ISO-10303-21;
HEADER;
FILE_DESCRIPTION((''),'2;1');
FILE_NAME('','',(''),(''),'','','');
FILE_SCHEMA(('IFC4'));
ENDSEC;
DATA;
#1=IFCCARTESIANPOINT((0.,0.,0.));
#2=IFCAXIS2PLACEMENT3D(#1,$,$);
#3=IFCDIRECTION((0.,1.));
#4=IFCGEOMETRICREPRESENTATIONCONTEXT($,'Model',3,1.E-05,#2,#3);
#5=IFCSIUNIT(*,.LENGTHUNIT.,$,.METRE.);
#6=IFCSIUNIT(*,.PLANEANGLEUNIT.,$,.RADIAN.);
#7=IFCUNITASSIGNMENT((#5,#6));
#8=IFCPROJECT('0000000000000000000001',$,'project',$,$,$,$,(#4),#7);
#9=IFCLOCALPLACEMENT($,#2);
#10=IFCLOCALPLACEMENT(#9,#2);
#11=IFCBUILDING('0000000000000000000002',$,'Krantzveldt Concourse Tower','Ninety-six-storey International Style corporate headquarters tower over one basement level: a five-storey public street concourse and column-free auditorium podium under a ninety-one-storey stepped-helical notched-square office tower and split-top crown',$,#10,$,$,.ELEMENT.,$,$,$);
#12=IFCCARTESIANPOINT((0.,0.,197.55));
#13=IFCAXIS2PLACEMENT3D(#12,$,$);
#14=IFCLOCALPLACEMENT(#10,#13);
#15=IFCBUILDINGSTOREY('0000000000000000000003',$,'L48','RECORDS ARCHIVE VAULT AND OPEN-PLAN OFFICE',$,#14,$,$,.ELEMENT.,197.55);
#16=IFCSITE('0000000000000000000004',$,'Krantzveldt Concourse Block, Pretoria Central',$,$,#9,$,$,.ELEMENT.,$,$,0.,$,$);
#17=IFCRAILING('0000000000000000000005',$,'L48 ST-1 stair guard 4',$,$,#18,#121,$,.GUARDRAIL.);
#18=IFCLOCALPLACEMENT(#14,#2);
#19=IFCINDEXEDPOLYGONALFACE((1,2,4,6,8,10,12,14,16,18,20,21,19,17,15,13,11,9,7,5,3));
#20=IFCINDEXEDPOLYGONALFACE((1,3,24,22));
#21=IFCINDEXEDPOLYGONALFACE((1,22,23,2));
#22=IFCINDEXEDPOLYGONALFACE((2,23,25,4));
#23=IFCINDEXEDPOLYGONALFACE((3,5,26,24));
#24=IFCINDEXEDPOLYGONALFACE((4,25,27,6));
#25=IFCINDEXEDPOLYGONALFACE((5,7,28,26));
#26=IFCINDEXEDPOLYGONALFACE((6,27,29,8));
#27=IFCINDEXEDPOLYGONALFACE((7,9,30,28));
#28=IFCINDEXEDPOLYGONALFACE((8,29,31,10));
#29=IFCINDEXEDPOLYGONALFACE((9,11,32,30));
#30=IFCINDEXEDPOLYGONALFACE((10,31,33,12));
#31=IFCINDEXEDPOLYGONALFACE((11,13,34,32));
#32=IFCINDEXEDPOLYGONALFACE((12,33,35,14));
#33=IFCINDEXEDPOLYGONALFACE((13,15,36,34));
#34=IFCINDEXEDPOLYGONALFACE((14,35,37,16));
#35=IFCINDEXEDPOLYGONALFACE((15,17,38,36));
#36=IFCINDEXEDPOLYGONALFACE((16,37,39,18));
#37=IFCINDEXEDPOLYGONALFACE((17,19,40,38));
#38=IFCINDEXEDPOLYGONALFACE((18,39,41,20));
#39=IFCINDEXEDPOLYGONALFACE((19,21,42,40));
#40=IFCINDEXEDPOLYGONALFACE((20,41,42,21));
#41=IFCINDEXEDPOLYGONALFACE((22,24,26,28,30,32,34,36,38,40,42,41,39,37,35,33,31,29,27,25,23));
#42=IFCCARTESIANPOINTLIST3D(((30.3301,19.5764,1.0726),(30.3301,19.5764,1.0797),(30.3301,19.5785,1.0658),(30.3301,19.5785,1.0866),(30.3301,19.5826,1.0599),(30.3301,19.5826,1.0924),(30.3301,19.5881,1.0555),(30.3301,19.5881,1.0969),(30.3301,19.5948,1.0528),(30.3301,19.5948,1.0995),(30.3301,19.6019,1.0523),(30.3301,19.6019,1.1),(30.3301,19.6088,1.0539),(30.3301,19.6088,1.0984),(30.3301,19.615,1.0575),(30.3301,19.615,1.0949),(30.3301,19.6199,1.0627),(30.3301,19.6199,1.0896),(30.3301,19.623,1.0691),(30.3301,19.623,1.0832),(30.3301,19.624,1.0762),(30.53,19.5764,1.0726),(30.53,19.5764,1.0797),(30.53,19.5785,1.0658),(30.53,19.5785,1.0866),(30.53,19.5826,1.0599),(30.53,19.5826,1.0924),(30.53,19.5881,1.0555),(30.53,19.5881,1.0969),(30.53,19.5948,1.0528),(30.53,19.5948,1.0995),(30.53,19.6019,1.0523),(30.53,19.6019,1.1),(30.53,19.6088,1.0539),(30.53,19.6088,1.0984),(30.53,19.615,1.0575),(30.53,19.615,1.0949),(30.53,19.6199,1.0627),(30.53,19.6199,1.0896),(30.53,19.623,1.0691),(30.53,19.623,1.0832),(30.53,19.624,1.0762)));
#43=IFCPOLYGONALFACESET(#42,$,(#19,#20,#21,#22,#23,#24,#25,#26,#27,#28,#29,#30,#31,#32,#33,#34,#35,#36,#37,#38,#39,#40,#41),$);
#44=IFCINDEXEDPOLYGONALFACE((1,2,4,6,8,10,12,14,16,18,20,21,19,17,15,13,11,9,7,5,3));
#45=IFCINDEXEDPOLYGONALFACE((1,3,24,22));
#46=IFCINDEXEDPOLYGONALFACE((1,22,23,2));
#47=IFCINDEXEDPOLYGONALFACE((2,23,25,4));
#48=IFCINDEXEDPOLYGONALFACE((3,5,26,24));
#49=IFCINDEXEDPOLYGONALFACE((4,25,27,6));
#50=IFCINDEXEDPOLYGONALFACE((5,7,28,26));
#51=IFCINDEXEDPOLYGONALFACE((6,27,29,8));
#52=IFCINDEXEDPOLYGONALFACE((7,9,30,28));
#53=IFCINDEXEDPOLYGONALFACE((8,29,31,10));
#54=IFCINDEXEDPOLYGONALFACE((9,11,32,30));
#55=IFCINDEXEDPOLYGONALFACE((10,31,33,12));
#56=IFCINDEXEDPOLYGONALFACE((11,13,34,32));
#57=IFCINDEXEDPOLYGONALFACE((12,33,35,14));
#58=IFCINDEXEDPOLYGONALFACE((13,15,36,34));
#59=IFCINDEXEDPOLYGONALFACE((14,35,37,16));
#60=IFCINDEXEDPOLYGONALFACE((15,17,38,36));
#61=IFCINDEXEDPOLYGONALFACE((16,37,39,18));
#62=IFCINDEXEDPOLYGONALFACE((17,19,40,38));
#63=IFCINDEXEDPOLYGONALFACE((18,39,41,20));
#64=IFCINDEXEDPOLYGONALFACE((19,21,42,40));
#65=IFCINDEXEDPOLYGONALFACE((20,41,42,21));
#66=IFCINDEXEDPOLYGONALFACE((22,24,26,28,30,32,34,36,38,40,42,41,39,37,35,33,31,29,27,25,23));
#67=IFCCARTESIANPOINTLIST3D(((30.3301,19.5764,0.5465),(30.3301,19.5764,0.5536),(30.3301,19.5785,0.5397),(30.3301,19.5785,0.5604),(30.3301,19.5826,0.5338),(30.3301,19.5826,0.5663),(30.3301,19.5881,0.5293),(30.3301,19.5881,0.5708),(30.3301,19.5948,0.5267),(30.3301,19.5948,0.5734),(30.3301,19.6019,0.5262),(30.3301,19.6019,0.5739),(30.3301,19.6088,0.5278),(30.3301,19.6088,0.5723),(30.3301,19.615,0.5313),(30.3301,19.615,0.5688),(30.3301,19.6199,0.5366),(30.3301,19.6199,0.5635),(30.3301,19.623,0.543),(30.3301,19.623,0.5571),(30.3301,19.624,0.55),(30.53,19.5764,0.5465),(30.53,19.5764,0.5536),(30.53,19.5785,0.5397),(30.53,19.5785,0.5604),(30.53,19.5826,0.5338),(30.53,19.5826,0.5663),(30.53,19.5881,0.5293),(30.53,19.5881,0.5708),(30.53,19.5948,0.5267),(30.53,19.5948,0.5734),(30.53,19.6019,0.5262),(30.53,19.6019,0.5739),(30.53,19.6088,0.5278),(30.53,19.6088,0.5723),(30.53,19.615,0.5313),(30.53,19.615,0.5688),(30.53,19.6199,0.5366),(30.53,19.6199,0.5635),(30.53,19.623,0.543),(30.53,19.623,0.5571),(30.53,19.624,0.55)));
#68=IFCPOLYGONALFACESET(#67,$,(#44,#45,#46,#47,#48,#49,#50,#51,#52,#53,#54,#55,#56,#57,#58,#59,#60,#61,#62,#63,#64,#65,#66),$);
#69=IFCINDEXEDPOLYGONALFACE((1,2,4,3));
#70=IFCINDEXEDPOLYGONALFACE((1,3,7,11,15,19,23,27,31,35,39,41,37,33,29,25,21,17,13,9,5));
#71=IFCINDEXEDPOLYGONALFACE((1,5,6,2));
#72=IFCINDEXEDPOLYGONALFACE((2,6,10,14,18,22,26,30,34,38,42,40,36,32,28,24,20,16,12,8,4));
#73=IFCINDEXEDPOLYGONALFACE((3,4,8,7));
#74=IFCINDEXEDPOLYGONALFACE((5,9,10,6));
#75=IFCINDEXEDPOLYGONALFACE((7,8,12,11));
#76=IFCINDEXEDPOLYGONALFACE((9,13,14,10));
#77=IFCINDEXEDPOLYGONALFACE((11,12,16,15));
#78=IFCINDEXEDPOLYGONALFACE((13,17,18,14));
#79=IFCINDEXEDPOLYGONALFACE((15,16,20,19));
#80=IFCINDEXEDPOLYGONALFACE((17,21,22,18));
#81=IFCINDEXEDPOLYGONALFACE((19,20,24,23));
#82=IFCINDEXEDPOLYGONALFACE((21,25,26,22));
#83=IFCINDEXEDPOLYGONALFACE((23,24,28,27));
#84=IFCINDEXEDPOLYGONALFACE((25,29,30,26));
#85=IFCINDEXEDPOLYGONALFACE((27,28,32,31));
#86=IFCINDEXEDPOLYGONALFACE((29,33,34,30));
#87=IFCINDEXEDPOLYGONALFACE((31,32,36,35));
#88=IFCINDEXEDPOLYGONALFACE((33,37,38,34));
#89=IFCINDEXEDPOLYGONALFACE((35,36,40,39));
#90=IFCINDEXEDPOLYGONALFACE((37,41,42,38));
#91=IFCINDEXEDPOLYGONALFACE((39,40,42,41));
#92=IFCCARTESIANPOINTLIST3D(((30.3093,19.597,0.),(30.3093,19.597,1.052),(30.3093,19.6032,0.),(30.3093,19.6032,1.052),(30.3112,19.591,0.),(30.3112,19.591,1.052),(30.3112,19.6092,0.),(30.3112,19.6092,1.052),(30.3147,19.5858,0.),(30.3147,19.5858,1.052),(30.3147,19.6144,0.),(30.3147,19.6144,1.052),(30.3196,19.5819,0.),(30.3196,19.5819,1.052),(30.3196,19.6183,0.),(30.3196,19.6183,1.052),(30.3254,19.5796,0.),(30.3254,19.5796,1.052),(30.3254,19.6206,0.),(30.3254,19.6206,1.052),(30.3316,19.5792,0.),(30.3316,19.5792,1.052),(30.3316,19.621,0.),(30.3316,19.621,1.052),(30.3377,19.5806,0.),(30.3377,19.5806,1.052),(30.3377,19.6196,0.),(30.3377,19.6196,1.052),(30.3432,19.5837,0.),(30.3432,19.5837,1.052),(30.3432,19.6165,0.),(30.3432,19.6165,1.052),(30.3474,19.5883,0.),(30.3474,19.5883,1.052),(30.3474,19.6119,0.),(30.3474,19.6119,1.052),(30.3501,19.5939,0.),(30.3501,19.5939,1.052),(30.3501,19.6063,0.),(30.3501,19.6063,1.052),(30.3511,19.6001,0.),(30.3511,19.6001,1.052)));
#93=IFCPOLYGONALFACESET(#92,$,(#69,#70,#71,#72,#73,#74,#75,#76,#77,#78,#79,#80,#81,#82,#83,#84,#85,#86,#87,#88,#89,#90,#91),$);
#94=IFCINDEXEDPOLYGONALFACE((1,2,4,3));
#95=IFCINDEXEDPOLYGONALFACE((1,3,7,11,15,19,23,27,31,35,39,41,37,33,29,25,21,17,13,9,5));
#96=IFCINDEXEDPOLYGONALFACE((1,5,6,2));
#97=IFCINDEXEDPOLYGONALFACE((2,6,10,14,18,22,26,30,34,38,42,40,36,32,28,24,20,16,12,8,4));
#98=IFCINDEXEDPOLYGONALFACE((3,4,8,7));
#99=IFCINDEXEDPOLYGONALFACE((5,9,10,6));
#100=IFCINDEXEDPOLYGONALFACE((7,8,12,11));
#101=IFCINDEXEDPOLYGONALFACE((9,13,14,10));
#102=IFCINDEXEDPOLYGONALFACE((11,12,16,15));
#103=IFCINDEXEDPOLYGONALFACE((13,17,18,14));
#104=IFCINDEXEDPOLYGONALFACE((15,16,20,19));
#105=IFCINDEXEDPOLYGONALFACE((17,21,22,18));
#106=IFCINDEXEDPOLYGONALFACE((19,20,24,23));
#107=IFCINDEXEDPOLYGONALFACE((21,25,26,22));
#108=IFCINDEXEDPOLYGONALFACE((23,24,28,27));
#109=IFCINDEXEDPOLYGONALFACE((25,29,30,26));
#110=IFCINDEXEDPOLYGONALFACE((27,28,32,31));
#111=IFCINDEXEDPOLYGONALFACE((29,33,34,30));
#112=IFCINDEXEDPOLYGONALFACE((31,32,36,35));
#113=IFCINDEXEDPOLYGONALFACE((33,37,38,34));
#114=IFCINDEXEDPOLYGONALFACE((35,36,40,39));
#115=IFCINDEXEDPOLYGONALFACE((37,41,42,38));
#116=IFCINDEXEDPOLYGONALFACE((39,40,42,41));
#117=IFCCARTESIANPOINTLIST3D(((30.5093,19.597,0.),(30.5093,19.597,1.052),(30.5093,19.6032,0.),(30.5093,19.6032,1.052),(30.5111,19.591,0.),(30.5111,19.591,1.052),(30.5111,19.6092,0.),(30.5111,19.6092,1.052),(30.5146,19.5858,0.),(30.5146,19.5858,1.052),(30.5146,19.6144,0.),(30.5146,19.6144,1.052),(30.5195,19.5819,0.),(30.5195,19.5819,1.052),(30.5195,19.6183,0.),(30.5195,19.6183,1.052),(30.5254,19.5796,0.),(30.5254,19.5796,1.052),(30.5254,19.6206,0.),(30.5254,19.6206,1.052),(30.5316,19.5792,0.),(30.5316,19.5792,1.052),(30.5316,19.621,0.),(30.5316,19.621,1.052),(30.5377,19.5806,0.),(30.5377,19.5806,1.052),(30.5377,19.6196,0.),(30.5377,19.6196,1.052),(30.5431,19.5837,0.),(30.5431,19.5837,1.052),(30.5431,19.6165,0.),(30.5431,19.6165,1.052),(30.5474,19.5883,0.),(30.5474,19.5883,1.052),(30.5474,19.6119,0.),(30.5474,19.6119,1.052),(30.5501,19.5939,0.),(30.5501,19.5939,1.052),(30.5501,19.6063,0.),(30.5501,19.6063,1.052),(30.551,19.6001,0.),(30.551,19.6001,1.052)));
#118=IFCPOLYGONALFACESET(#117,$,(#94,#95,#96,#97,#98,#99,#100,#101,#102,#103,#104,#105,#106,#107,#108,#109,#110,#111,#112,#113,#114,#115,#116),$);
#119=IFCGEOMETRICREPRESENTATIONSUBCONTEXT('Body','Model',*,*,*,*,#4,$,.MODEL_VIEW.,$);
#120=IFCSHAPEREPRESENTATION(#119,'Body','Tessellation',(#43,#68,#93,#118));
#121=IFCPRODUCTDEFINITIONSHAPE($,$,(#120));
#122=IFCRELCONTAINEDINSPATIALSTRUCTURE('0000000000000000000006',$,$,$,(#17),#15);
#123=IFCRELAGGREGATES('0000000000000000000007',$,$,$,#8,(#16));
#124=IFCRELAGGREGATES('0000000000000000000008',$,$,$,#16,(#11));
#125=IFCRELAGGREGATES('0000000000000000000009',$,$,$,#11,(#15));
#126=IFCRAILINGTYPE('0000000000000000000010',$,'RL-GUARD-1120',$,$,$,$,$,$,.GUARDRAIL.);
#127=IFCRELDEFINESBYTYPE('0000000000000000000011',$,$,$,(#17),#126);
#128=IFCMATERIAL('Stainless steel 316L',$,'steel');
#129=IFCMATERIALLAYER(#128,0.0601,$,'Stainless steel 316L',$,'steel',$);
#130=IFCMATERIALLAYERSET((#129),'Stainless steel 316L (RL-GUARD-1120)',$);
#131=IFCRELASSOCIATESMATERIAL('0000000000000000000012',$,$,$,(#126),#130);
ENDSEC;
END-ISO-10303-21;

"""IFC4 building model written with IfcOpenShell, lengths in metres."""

from ifc_helpers import new_model, si_unit, direction, frame, origin, origin_2d, place, context, subcontext, project, spatial, circle, extrude, material, layer, layer_set, type_object, element, save


model = new_model("IFC4")

# Units and contexts
model_context = context("Model", 3, precision=1e-05, world=origin(), true_north=direction((0.0, 1.0)))
body_context = subcontext(model_context, "Body", "Model", "MODEL_VIEW")
ifc_project = project(units=[si_unit("LENGTHUNIT", "METRE"), si_unit("PLANEANGLEUNIT", "RADIAN")], contexts=[model_context])

# Site, building, storey
site_placement = place(None, origin())
site = spatial("IfcSite", under=ifc_project, at=site_placement, Name="Krantzveldt Concourse Block, Pretoria Central", CompositionType="ELEMENT", RefElevation=0.0)
building_placement = place(site_placement, origin())
building = spatial("IfcBuilding", under=site, at=building_placement, Name="Krantzveldt Concourse Tower", Description="Ninety-six-storey International Style corporate headquarters tower over one basement level: a five-storey public street concourse and column-free auditorium podium under a ninety-one-storey stepped-helical notched-square office tower and split-top crown", CompositionType="ELEMENT")
storey_placement = place(building_placement, frame((0.0, 0.0, 197.55)))
storey = spatial("IfcBuildingStorey", under=building, at=storey_placement, Name="L48", Description="RECORDS ARCHIVE VAULT AND OPEN-PLAN OFFICE", CompositionType="ELEMENT", Elevation=197.55)

# Shared definitions
ifc_material_1 = material(Name="Stainless steel 316L", Category="steel")

# Railing
ifc_layer_1 = layer(ifc_material_1, 0.0601, Name="Stainless steel 316L", Category="steel")
ifc_layer_set_1 = layer_set([ifc_layer_1], Name="Stainless steel 316L (RL-GUARD-1120)")
railing_type_1 = type_object("IfcRailingType", Name="RL-GUARD-1120", PredefinedType="GUARDRAIL", material=ifc_layer_set_1)
railing_1_placement = place(storey_placement, frame((30.3301, 19.6001, 0.0)))
element("IfcRailing", 1, at=railing_1_placement, inside=storey, type_object=railing_type_1, Name="L48 ST-1 stair guard 4", PredefinedType="GUARDRAIL", context=body_context, shape_type="SweptSolid", body=[
    extrude(circle(Radius=0.0239, at=origin_2d()), frame((0.0, 0.0, 1.0762), z_axis=(1.0, 0.0, 0.0), x_axis=(0.0, 1.0, 0.0)), (0.0, 0.0, 1.0), 0.2),
    extrude(circle(Radius=0.0239, at=origin_2d()), frame((0.0, 0.0, 0.55), z_axis=(1.0, 0.0, 0.0), x_axis=(0.0, 1.0, 0.0)), (0.0, 0.0, 1.0), 0.2),
    extrude(circle(Radius=0.021, at=origin_2d()), origin(), (0.0, 0.0, 1.0), 1.052),
    extrude(circle(Radius=0.021, at=origin_2d()), frame((0.2, 0.0, 0.0)), (0.0, 0.0, 1.0), 1.052),
])

save(model, "model.ifc")
